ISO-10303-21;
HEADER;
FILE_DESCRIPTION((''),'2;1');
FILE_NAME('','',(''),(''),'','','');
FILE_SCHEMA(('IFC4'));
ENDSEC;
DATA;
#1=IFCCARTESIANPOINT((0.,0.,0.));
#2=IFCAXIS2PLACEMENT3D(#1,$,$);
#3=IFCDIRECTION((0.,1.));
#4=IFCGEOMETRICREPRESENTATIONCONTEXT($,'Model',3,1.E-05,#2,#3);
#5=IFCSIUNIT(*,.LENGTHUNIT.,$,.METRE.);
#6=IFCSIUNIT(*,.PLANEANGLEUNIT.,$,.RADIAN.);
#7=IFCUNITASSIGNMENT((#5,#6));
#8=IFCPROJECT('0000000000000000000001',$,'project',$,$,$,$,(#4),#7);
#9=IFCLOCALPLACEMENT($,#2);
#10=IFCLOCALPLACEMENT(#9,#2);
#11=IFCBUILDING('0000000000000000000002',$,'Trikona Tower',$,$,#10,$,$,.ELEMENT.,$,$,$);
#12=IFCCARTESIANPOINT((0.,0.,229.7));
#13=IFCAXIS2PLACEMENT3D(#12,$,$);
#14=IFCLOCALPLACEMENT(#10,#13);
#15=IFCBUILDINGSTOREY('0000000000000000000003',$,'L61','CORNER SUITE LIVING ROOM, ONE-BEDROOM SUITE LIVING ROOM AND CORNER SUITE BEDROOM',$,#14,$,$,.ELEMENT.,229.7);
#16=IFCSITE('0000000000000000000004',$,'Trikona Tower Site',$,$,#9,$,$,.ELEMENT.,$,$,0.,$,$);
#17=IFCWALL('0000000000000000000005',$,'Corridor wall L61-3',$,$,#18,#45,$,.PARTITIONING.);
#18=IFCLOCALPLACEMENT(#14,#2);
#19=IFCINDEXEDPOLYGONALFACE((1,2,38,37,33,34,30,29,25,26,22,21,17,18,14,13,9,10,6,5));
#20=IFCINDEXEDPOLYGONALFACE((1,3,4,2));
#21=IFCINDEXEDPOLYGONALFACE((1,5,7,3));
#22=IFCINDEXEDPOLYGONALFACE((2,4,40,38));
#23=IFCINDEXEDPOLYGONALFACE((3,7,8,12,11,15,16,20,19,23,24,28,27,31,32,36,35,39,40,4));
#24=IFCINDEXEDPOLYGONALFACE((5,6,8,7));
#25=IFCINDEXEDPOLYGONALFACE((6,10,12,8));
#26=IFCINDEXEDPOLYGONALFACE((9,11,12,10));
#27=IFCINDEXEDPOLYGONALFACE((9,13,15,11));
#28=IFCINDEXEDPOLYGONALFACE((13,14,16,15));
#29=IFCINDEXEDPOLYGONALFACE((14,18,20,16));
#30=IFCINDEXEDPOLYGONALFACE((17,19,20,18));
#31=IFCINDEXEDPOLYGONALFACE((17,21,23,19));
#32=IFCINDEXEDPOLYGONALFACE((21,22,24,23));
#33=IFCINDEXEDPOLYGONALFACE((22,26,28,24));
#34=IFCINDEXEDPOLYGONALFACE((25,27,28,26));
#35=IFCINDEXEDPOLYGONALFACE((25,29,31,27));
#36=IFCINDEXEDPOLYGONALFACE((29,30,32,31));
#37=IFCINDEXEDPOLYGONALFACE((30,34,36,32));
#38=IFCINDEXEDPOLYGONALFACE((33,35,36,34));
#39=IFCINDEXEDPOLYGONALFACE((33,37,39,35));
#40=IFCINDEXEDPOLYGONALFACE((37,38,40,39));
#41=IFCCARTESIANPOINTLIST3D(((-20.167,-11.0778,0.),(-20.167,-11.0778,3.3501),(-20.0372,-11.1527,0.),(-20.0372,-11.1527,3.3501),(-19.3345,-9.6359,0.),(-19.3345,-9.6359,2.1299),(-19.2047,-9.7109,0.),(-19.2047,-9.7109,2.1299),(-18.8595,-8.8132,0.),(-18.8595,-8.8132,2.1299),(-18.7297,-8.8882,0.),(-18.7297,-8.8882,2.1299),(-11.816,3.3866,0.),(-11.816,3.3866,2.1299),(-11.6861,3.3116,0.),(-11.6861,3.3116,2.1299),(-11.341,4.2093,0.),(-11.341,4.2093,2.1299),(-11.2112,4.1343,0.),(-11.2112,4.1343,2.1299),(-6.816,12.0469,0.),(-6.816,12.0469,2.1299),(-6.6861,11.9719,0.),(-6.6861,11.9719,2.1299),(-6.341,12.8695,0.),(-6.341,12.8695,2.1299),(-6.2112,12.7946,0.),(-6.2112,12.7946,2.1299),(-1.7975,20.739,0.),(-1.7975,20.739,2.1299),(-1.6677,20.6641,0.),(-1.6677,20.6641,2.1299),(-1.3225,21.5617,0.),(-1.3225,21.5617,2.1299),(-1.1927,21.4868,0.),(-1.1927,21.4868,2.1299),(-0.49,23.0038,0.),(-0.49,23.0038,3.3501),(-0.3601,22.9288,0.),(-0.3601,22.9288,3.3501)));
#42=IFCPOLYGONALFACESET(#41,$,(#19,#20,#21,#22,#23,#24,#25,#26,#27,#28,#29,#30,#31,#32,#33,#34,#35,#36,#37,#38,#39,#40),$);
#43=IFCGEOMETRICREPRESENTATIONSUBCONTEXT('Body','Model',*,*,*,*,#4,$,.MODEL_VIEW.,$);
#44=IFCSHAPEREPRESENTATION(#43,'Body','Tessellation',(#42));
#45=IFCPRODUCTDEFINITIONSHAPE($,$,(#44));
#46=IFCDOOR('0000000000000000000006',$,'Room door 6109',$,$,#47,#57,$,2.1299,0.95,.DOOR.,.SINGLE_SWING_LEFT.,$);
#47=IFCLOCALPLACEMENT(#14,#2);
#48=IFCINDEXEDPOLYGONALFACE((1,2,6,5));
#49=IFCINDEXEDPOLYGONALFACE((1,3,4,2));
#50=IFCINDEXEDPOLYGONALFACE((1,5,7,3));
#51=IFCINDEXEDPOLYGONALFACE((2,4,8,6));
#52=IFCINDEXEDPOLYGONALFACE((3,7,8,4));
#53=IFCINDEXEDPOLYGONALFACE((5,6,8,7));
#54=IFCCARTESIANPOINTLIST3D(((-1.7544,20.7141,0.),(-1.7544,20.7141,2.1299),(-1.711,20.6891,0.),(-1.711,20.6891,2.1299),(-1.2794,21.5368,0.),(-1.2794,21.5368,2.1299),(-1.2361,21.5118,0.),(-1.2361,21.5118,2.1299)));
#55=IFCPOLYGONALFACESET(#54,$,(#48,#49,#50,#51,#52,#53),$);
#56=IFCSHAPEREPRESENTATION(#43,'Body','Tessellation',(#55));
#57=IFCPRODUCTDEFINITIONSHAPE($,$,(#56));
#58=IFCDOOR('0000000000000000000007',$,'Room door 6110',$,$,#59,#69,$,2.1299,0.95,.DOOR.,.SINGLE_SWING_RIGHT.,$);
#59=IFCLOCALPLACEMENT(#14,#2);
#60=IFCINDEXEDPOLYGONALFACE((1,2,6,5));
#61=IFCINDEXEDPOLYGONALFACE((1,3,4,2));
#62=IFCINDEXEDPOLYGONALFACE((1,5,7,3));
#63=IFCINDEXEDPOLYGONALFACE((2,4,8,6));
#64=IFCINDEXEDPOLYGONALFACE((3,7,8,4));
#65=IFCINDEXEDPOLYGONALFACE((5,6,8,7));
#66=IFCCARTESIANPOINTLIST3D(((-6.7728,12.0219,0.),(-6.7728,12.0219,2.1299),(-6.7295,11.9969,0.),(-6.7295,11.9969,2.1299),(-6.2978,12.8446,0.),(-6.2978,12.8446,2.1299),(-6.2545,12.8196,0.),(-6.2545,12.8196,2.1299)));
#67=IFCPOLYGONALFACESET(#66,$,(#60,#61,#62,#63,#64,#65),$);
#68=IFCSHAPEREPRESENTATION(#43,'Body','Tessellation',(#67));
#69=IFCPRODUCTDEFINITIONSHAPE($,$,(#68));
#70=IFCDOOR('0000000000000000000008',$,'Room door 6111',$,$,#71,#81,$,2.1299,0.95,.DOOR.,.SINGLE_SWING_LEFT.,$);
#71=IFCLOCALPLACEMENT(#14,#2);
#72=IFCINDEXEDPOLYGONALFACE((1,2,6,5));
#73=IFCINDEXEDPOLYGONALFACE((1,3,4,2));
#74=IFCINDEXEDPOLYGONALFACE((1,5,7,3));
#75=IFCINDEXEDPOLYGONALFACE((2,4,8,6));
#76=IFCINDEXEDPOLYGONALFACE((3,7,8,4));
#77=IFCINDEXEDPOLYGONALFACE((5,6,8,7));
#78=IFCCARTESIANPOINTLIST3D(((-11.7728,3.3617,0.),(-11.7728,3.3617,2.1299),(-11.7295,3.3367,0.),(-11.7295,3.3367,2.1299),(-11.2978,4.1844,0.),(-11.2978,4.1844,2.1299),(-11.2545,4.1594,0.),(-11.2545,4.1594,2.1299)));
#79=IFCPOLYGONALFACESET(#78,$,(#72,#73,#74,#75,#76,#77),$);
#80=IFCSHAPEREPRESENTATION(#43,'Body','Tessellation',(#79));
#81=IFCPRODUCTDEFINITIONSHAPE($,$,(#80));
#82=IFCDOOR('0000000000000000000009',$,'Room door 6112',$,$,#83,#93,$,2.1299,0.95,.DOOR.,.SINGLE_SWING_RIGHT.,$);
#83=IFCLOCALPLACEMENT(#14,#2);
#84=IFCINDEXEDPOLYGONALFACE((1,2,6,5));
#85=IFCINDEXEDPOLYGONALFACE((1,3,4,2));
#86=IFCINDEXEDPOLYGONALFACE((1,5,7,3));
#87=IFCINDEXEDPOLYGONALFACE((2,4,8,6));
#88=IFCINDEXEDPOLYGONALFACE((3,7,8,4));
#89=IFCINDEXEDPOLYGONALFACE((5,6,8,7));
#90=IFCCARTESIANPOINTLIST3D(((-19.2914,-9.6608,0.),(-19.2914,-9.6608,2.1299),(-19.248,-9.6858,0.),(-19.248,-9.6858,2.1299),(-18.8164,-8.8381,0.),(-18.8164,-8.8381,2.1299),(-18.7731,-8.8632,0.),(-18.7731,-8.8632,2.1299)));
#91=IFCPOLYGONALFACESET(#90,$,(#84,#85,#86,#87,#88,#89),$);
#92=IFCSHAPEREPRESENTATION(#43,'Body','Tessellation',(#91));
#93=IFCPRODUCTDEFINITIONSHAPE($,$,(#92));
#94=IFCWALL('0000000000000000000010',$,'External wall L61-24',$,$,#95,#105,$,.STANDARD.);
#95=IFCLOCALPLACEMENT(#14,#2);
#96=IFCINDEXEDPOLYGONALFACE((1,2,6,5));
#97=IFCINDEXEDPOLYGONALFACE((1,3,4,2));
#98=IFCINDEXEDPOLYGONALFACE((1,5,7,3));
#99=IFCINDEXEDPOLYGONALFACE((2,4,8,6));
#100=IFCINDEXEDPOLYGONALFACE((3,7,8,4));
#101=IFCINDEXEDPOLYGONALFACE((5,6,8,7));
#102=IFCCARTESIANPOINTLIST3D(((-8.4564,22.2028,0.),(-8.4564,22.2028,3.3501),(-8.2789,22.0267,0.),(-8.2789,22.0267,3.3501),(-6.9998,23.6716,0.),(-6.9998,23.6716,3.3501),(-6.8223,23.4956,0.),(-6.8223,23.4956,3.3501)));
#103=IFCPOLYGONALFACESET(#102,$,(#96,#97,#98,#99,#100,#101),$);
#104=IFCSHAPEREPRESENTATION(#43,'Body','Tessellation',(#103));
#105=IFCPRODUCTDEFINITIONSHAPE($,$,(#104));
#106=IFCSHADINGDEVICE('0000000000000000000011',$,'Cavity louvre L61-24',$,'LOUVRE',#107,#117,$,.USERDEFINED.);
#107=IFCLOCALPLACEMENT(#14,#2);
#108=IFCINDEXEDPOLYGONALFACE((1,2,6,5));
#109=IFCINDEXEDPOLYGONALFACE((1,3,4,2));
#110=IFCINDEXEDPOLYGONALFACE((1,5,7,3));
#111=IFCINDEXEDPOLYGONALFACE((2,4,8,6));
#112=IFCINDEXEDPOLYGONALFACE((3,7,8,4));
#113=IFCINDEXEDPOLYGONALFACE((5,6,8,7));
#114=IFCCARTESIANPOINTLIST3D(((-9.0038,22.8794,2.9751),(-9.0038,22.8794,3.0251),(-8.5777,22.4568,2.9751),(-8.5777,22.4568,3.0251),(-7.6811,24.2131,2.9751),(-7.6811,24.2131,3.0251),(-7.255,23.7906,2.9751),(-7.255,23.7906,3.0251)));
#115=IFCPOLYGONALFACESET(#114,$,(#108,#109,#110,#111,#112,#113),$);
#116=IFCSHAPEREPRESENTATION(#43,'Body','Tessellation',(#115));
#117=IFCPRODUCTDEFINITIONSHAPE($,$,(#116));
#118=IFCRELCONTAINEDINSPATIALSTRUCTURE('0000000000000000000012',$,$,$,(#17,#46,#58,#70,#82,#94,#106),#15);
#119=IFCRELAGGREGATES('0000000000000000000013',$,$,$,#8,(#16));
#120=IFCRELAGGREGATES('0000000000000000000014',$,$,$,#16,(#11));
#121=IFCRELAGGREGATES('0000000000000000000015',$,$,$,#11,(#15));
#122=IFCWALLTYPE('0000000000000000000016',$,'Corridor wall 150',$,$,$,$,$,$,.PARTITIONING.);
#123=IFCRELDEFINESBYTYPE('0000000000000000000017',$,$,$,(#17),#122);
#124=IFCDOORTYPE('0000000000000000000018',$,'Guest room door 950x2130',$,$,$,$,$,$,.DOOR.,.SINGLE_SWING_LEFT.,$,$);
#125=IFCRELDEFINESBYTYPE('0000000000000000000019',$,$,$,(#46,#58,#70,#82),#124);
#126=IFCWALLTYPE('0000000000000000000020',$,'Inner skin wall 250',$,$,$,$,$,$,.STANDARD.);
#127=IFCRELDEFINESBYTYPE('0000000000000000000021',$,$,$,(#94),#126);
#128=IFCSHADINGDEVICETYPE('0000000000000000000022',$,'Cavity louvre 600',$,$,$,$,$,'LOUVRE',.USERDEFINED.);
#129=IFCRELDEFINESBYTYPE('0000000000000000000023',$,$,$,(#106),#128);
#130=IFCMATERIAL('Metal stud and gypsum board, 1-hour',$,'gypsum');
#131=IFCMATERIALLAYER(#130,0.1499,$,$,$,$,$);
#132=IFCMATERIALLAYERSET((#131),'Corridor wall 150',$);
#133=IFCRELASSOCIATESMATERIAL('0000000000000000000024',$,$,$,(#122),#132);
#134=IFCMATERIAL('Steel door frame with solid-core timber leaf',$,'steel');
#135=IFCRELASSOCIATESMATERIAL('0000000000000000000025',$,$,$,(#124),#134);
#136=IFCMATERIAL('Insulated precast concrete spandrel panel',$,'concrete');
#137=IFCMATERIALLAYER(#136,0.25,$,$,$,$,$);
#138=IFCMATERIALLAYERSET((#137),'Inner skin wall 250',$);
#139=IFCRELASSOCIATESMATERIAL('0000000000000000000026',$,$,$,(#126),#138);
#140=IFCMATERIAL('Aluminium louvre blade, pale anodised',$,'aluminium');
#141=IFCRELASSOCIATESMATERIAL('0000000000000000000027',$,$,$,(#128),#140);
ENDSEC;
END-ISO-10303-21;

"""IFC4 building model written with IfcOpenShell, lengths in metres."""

from ifc_helpers import new_model, si_unit, direction, frame, frame_2d, origin, origin_2d, place, context, subcontext, project, spatial, rectangle, extrude, material, layer, layer_set, type_object, element, fill, save


model = new_model("IFC4")

# Units and contexts
model_context = context("Model", 3, precision=1e-05, world=origin(), true_north=direction((0.0, 1.0)))
body_context = subcontext(model_context, "Body", "Model", "MODEL_VIEW")
ifc_project = project(units=[si_unit("LENGTHUNIT", "METRE"), si_unit("PLANEANGLEUNIT", "RADIAN")], contexts=[model_context])

# Site, building, storey
site_placement = place(None, origin())
site = spatial("IfcSite", under=ifc_project, at=site_placement, Name="Trikona Tower Site", CompositionType="ELEMENT", RefElevation=0.0)
building_placement = place(site_placement, origin())
building = spatial("IfcBuilding", under=site, at=building_placement, Name="Trikona Tower", CompositionType="ELEMENT")
storey_placement = place(building_placement, frame((0.0, 0.0, 229.7)))
storey = spatial("IfcBuildingStorey", under=building, at=storey_placement, Name="L61", Description="CORNER SUITE LIVING ROOM, ONE-BEDROOM SUITE LIVING ROOM AND CORNER SUITE BEDROOM", CompositionType="ELEMENT", Elevation=229.7)

# Wall, openings, doors
ifc_material_1 = material(Name="Metal stud and gypsum board, 1-hour", Category="gypsum")
ifc_layer_1 = layer(ifc_material_1, 0.1499)
ifc_layer_set_1 = layer_set([ifc_layer_1], Name="Corridor wall 150")
wall_type_1 = type_object("IfcWallType", Name="Corridor wall 150", PredefinedType="PARTITIONING", material=ifc_layer_set_1)
wall_1_placement = place(storey_placement, frame((-0.425, 22.9663, 0.0), z_axis=(0.0, 0.0, 1.0), x_axis=(-0.5, -0.866025, 0.0)))
wall_1 = element("IfcWall", 1, at=wall_1_placement, inside=storey, type_object=wall_type_1, Name="Corridor wall L61-3", PredefinedType="PARTITIONING", context=body_context, shape_type="SweptSolid", body=[
    extrude(rectangle(XDim=39.354, YDim=0.1499, at=frame_2d((19.677, 0.0))), origin(), (0.0, 0.0, 1.0), 3.3501),
])
opening_1_placement = place(wall_1_placement, frame((1.665, 0.0, 0.0)))
opening_1 = element("IfcOpeningElement", 2, at=opening_1_placement, cuts=wall_1, PredefinedType="OPENING", context=body_context, shape_type="SweptSolid", body=[
    extrude(rectangle(XDim=0.95, YDim=2.1299, at=frame_2d((0.4751, 1.0649))), frame((0.0, 0.085, 0.0), z_axis=(0.0, -1.0, 0.0), x_axis=(1.0, 0.0, 0.0)), (0.0, 0.0, 1.0), 0.1699),
])
opening_2_placement = place(wall_1_placement, frame((11.7019, 0.0, 0.0)))
opening_2 = element("IfcOpeningElement", 3, at=opening_2_placement, cuts=wall_1, PredefinedType="OPENING", context=body_context, shape_type="SweptSolid", body=[
    extrude(rectangle(XDim=0.95, YDim=2.1299, at=frame_2d((0.4751, 1.0649))), frame((0.0, 0.085, 0.0), z_axis=(0.0, -1.0, 0.0), x_axis=(1.0, 0.0, 0.0)), (0.0, 0.0, 1.0), 0.1699),
])
opening_3_placement = place(wall_1_placement, frame((21.7019, 0.0, 0.0)))
opening_3 = element("IfcOpeningElement", 4, at=opening_3_placement, cuts=wall_1, PredefinedType="OPENING", context=body_context, shape_type="SweptSolid", body=[
    extrude(rectangle(XDim=0.95, YDim=2.1299, at=frame_2d((0.4751, 1.0649))), frame((0.0, 0.085, 0.0), z_axis=(0.0, -1.0, 0.0), x_axis=(1.0, 0.0, 0.0)), (0.0, 0.0, 1.0), 0.1699),
])
opening_4_placement = place(wall_1_placement, frame((36.739, 0.0, 0.0)))
opening_4 = element("IfcOpeningElement", 5, at=opening_4_placement, cuts=wall_1, PredefinedType="OPENING", context=body_context, shape_type="SweptSolid", body=[
    extrude(rectangle(XDim=0.95, YDim=2.1299, at=frame_2d((0.4751, 1.0649))), frame((0.0, 0.085, 0.0), z_axis=(0.0, -1.0, 0.0), x_axis=(1.0, 0.0, 0.0)), (0.0, 0.0, 1.0), 0.1699),
])
ifc_material_2 = material(Name="Steel door frame with solid-core timber leaf", Category="steel")
door_type = type_object("IfcDoorType", Name="Guest room door 950x2130", OperationType="SINGLE_SWING_LEFT", PredefinedType="DOOR", material=ifc_material_2)
door_1_placement = place(opening_1_placement, origin())
door_1 = element("IfcDoor", 6, at=door_1_placement, inside=storey, type_object=door_type, Name="Room door 6109", OperationType="SINGLE_SWING_LEFT", OverallHeight=2.1299, OverallWidth=0.95, PredefinedType="DOOR", context=body_context, shape_type="SweptSolid", body=[
    extrude(rectangle(XDim=0.95, YDim=2.1299, at=frame_2d((0.4751, 1.0649))), frame((0.0, 0.0249, 0.0), z_axis=(0.0, -1.0, 0.0), x_axis=(1.0, 0.0, 0.0)), (0.0, 0.0, 1.0), 0.05),
])
fill(opening_1, door_1)
door_2_placement = place(opening_2_placement, origin())
door_2 = element("IfcDoor", 7, at=door_2_placement, inside=storey, type_object=door_type, Name="Room door 6110", OperationType="SINGLE_SWING_RIGHT", OverallHeight=2.1299, OverallWidth=0.95, PredefinedType="DOOR", context=body_context, shape_type="SweptSolid", body=[
    extrude(rectangle(XDim=0.95, YDim=2.1299, at=frame_2d((0.4751, 1.0649))), frame((0.0, 0.0249, 0.0), z_axis=(0.0, -1.0, 0.0), x_axis=(1.0, 0.0, 0.0)), (0.0, 0.0, 1.0), 0.05),
])
fill(opening_2, door_2)
door_3_placement = place(opening_3_placement, origin())
door_3 = element("IfcDoor", 8, at=door_3_placement, inside=storey, type_object=door_type, Name="Room door 6111", OperationType="SINGLE_SWING_LEFT", OverallHeight=2.1299, OverallWidth=0.95, PredefinedType="DOOR", context=body_context, shape_type="SweptSolid", body=[
    extrude(rectangle(XDim=0.95, YDim=2.1299, at=frame_2d((0.4751, 1.0649))), frame((0.0, 0.0249, 0.0), z_axis=(0.0, -1.0, 0.0), x_axis=(1.0, 0.0, 0.0)), (0.0, 0.0, 1.0), 0.05),
])
fill(opening_3, door_3)
door_4_placement = place(opening_4_placement, origin())
door_4 = element("IfcDoor", 9, at=door_4_placement, inside=storey, type_object=door_type, Name="Room door 6112", OperationType="SINGLE_SWING_RIGHT", OverallHeight=2.1299, OverallWidth=0.95, PredefinedType="DOOR", context=body_context, shape_type="SweptSolid", body=[
    extrude(rectangle(XDim=0.95, YDim=2.1299, at=frame_2d((0.4751, 1.0649))), frame((0.0, 0.0249, 0.0), z_axis=(0.0, -1.0, 0.0), x_axis=(1.0, 0.0, 0.0)), (0.0, 0.0, 1.0), 0.05),
])
fill(opening_4, door_4)

# Wall
ifc_material_3 = material(Name="Insulated precast concrete spandrel panel", Category="concrete")
ifc_layer_2 = layer(ifc_material_3, 0.25)
ifc_layer_set_2 = layer_set([ifc_layer_2], Name="Inner skin wall 250")
wall_type_2 = type_object("IfcWallType", Name="Inner skin wall 250", PredefinedType="STANDARD", material=ifc_layer_set_2)
wall_2_placement = place(storey_placement, frame((-6.9111, 23.5835, 0.0), z_axis=(0.0, 0.0, 1.0), x_axis=(-0.70415, -0.710051, 0.0)))
element("IfcWall", 10, at=wall_2_placement, inside=storey, type_object=wall_type_2, Name="External wall L61-24", PredefinedType="STANDARD", context=body_context, shape_type="SweptSolid", body=[
    extrude(rectangle(XDim=2.0686, YDim=0.25, at=frame_2d((1.0342, 0.0))), origin(), (0.0, 0.0, 1.0), 3.3501),
])

# Shading device
ifc_material_4 = material(Name="Aluminium louvre blade, pale anodised", Category="aluminium")
shading_device_type = type_object("IfcShadingDeviceType", Name="Cavity louvre 600", ElementType="LOUVRE", PredefinedType="USERDEFINED", material=ifc_material_4)
shading_device_placement = place(storey_placement, frame((-8.1294, 23.335, 2.9751), z_axis=(0.0, 0.0, 1.0), x_axis=(-0.704151, -0.71005, 0.0)))
element("IfcShadingDevice", 11, at=shading_device_placement, inside=storey, type_object=shading_device_type, Name="Cavity louvre L61-24", ObjectType="LOUVRE", PredefinedType="USERDEFINED", context=body_context, shape_type="SweptSolid", body=[
    extrude(rectangle(XDim=1.8784, YDim=0.6001, at=origin_2d()), origin(), (0.0, 0.0, 1.0), 0.05),
])

save(model, "model.ifc")
